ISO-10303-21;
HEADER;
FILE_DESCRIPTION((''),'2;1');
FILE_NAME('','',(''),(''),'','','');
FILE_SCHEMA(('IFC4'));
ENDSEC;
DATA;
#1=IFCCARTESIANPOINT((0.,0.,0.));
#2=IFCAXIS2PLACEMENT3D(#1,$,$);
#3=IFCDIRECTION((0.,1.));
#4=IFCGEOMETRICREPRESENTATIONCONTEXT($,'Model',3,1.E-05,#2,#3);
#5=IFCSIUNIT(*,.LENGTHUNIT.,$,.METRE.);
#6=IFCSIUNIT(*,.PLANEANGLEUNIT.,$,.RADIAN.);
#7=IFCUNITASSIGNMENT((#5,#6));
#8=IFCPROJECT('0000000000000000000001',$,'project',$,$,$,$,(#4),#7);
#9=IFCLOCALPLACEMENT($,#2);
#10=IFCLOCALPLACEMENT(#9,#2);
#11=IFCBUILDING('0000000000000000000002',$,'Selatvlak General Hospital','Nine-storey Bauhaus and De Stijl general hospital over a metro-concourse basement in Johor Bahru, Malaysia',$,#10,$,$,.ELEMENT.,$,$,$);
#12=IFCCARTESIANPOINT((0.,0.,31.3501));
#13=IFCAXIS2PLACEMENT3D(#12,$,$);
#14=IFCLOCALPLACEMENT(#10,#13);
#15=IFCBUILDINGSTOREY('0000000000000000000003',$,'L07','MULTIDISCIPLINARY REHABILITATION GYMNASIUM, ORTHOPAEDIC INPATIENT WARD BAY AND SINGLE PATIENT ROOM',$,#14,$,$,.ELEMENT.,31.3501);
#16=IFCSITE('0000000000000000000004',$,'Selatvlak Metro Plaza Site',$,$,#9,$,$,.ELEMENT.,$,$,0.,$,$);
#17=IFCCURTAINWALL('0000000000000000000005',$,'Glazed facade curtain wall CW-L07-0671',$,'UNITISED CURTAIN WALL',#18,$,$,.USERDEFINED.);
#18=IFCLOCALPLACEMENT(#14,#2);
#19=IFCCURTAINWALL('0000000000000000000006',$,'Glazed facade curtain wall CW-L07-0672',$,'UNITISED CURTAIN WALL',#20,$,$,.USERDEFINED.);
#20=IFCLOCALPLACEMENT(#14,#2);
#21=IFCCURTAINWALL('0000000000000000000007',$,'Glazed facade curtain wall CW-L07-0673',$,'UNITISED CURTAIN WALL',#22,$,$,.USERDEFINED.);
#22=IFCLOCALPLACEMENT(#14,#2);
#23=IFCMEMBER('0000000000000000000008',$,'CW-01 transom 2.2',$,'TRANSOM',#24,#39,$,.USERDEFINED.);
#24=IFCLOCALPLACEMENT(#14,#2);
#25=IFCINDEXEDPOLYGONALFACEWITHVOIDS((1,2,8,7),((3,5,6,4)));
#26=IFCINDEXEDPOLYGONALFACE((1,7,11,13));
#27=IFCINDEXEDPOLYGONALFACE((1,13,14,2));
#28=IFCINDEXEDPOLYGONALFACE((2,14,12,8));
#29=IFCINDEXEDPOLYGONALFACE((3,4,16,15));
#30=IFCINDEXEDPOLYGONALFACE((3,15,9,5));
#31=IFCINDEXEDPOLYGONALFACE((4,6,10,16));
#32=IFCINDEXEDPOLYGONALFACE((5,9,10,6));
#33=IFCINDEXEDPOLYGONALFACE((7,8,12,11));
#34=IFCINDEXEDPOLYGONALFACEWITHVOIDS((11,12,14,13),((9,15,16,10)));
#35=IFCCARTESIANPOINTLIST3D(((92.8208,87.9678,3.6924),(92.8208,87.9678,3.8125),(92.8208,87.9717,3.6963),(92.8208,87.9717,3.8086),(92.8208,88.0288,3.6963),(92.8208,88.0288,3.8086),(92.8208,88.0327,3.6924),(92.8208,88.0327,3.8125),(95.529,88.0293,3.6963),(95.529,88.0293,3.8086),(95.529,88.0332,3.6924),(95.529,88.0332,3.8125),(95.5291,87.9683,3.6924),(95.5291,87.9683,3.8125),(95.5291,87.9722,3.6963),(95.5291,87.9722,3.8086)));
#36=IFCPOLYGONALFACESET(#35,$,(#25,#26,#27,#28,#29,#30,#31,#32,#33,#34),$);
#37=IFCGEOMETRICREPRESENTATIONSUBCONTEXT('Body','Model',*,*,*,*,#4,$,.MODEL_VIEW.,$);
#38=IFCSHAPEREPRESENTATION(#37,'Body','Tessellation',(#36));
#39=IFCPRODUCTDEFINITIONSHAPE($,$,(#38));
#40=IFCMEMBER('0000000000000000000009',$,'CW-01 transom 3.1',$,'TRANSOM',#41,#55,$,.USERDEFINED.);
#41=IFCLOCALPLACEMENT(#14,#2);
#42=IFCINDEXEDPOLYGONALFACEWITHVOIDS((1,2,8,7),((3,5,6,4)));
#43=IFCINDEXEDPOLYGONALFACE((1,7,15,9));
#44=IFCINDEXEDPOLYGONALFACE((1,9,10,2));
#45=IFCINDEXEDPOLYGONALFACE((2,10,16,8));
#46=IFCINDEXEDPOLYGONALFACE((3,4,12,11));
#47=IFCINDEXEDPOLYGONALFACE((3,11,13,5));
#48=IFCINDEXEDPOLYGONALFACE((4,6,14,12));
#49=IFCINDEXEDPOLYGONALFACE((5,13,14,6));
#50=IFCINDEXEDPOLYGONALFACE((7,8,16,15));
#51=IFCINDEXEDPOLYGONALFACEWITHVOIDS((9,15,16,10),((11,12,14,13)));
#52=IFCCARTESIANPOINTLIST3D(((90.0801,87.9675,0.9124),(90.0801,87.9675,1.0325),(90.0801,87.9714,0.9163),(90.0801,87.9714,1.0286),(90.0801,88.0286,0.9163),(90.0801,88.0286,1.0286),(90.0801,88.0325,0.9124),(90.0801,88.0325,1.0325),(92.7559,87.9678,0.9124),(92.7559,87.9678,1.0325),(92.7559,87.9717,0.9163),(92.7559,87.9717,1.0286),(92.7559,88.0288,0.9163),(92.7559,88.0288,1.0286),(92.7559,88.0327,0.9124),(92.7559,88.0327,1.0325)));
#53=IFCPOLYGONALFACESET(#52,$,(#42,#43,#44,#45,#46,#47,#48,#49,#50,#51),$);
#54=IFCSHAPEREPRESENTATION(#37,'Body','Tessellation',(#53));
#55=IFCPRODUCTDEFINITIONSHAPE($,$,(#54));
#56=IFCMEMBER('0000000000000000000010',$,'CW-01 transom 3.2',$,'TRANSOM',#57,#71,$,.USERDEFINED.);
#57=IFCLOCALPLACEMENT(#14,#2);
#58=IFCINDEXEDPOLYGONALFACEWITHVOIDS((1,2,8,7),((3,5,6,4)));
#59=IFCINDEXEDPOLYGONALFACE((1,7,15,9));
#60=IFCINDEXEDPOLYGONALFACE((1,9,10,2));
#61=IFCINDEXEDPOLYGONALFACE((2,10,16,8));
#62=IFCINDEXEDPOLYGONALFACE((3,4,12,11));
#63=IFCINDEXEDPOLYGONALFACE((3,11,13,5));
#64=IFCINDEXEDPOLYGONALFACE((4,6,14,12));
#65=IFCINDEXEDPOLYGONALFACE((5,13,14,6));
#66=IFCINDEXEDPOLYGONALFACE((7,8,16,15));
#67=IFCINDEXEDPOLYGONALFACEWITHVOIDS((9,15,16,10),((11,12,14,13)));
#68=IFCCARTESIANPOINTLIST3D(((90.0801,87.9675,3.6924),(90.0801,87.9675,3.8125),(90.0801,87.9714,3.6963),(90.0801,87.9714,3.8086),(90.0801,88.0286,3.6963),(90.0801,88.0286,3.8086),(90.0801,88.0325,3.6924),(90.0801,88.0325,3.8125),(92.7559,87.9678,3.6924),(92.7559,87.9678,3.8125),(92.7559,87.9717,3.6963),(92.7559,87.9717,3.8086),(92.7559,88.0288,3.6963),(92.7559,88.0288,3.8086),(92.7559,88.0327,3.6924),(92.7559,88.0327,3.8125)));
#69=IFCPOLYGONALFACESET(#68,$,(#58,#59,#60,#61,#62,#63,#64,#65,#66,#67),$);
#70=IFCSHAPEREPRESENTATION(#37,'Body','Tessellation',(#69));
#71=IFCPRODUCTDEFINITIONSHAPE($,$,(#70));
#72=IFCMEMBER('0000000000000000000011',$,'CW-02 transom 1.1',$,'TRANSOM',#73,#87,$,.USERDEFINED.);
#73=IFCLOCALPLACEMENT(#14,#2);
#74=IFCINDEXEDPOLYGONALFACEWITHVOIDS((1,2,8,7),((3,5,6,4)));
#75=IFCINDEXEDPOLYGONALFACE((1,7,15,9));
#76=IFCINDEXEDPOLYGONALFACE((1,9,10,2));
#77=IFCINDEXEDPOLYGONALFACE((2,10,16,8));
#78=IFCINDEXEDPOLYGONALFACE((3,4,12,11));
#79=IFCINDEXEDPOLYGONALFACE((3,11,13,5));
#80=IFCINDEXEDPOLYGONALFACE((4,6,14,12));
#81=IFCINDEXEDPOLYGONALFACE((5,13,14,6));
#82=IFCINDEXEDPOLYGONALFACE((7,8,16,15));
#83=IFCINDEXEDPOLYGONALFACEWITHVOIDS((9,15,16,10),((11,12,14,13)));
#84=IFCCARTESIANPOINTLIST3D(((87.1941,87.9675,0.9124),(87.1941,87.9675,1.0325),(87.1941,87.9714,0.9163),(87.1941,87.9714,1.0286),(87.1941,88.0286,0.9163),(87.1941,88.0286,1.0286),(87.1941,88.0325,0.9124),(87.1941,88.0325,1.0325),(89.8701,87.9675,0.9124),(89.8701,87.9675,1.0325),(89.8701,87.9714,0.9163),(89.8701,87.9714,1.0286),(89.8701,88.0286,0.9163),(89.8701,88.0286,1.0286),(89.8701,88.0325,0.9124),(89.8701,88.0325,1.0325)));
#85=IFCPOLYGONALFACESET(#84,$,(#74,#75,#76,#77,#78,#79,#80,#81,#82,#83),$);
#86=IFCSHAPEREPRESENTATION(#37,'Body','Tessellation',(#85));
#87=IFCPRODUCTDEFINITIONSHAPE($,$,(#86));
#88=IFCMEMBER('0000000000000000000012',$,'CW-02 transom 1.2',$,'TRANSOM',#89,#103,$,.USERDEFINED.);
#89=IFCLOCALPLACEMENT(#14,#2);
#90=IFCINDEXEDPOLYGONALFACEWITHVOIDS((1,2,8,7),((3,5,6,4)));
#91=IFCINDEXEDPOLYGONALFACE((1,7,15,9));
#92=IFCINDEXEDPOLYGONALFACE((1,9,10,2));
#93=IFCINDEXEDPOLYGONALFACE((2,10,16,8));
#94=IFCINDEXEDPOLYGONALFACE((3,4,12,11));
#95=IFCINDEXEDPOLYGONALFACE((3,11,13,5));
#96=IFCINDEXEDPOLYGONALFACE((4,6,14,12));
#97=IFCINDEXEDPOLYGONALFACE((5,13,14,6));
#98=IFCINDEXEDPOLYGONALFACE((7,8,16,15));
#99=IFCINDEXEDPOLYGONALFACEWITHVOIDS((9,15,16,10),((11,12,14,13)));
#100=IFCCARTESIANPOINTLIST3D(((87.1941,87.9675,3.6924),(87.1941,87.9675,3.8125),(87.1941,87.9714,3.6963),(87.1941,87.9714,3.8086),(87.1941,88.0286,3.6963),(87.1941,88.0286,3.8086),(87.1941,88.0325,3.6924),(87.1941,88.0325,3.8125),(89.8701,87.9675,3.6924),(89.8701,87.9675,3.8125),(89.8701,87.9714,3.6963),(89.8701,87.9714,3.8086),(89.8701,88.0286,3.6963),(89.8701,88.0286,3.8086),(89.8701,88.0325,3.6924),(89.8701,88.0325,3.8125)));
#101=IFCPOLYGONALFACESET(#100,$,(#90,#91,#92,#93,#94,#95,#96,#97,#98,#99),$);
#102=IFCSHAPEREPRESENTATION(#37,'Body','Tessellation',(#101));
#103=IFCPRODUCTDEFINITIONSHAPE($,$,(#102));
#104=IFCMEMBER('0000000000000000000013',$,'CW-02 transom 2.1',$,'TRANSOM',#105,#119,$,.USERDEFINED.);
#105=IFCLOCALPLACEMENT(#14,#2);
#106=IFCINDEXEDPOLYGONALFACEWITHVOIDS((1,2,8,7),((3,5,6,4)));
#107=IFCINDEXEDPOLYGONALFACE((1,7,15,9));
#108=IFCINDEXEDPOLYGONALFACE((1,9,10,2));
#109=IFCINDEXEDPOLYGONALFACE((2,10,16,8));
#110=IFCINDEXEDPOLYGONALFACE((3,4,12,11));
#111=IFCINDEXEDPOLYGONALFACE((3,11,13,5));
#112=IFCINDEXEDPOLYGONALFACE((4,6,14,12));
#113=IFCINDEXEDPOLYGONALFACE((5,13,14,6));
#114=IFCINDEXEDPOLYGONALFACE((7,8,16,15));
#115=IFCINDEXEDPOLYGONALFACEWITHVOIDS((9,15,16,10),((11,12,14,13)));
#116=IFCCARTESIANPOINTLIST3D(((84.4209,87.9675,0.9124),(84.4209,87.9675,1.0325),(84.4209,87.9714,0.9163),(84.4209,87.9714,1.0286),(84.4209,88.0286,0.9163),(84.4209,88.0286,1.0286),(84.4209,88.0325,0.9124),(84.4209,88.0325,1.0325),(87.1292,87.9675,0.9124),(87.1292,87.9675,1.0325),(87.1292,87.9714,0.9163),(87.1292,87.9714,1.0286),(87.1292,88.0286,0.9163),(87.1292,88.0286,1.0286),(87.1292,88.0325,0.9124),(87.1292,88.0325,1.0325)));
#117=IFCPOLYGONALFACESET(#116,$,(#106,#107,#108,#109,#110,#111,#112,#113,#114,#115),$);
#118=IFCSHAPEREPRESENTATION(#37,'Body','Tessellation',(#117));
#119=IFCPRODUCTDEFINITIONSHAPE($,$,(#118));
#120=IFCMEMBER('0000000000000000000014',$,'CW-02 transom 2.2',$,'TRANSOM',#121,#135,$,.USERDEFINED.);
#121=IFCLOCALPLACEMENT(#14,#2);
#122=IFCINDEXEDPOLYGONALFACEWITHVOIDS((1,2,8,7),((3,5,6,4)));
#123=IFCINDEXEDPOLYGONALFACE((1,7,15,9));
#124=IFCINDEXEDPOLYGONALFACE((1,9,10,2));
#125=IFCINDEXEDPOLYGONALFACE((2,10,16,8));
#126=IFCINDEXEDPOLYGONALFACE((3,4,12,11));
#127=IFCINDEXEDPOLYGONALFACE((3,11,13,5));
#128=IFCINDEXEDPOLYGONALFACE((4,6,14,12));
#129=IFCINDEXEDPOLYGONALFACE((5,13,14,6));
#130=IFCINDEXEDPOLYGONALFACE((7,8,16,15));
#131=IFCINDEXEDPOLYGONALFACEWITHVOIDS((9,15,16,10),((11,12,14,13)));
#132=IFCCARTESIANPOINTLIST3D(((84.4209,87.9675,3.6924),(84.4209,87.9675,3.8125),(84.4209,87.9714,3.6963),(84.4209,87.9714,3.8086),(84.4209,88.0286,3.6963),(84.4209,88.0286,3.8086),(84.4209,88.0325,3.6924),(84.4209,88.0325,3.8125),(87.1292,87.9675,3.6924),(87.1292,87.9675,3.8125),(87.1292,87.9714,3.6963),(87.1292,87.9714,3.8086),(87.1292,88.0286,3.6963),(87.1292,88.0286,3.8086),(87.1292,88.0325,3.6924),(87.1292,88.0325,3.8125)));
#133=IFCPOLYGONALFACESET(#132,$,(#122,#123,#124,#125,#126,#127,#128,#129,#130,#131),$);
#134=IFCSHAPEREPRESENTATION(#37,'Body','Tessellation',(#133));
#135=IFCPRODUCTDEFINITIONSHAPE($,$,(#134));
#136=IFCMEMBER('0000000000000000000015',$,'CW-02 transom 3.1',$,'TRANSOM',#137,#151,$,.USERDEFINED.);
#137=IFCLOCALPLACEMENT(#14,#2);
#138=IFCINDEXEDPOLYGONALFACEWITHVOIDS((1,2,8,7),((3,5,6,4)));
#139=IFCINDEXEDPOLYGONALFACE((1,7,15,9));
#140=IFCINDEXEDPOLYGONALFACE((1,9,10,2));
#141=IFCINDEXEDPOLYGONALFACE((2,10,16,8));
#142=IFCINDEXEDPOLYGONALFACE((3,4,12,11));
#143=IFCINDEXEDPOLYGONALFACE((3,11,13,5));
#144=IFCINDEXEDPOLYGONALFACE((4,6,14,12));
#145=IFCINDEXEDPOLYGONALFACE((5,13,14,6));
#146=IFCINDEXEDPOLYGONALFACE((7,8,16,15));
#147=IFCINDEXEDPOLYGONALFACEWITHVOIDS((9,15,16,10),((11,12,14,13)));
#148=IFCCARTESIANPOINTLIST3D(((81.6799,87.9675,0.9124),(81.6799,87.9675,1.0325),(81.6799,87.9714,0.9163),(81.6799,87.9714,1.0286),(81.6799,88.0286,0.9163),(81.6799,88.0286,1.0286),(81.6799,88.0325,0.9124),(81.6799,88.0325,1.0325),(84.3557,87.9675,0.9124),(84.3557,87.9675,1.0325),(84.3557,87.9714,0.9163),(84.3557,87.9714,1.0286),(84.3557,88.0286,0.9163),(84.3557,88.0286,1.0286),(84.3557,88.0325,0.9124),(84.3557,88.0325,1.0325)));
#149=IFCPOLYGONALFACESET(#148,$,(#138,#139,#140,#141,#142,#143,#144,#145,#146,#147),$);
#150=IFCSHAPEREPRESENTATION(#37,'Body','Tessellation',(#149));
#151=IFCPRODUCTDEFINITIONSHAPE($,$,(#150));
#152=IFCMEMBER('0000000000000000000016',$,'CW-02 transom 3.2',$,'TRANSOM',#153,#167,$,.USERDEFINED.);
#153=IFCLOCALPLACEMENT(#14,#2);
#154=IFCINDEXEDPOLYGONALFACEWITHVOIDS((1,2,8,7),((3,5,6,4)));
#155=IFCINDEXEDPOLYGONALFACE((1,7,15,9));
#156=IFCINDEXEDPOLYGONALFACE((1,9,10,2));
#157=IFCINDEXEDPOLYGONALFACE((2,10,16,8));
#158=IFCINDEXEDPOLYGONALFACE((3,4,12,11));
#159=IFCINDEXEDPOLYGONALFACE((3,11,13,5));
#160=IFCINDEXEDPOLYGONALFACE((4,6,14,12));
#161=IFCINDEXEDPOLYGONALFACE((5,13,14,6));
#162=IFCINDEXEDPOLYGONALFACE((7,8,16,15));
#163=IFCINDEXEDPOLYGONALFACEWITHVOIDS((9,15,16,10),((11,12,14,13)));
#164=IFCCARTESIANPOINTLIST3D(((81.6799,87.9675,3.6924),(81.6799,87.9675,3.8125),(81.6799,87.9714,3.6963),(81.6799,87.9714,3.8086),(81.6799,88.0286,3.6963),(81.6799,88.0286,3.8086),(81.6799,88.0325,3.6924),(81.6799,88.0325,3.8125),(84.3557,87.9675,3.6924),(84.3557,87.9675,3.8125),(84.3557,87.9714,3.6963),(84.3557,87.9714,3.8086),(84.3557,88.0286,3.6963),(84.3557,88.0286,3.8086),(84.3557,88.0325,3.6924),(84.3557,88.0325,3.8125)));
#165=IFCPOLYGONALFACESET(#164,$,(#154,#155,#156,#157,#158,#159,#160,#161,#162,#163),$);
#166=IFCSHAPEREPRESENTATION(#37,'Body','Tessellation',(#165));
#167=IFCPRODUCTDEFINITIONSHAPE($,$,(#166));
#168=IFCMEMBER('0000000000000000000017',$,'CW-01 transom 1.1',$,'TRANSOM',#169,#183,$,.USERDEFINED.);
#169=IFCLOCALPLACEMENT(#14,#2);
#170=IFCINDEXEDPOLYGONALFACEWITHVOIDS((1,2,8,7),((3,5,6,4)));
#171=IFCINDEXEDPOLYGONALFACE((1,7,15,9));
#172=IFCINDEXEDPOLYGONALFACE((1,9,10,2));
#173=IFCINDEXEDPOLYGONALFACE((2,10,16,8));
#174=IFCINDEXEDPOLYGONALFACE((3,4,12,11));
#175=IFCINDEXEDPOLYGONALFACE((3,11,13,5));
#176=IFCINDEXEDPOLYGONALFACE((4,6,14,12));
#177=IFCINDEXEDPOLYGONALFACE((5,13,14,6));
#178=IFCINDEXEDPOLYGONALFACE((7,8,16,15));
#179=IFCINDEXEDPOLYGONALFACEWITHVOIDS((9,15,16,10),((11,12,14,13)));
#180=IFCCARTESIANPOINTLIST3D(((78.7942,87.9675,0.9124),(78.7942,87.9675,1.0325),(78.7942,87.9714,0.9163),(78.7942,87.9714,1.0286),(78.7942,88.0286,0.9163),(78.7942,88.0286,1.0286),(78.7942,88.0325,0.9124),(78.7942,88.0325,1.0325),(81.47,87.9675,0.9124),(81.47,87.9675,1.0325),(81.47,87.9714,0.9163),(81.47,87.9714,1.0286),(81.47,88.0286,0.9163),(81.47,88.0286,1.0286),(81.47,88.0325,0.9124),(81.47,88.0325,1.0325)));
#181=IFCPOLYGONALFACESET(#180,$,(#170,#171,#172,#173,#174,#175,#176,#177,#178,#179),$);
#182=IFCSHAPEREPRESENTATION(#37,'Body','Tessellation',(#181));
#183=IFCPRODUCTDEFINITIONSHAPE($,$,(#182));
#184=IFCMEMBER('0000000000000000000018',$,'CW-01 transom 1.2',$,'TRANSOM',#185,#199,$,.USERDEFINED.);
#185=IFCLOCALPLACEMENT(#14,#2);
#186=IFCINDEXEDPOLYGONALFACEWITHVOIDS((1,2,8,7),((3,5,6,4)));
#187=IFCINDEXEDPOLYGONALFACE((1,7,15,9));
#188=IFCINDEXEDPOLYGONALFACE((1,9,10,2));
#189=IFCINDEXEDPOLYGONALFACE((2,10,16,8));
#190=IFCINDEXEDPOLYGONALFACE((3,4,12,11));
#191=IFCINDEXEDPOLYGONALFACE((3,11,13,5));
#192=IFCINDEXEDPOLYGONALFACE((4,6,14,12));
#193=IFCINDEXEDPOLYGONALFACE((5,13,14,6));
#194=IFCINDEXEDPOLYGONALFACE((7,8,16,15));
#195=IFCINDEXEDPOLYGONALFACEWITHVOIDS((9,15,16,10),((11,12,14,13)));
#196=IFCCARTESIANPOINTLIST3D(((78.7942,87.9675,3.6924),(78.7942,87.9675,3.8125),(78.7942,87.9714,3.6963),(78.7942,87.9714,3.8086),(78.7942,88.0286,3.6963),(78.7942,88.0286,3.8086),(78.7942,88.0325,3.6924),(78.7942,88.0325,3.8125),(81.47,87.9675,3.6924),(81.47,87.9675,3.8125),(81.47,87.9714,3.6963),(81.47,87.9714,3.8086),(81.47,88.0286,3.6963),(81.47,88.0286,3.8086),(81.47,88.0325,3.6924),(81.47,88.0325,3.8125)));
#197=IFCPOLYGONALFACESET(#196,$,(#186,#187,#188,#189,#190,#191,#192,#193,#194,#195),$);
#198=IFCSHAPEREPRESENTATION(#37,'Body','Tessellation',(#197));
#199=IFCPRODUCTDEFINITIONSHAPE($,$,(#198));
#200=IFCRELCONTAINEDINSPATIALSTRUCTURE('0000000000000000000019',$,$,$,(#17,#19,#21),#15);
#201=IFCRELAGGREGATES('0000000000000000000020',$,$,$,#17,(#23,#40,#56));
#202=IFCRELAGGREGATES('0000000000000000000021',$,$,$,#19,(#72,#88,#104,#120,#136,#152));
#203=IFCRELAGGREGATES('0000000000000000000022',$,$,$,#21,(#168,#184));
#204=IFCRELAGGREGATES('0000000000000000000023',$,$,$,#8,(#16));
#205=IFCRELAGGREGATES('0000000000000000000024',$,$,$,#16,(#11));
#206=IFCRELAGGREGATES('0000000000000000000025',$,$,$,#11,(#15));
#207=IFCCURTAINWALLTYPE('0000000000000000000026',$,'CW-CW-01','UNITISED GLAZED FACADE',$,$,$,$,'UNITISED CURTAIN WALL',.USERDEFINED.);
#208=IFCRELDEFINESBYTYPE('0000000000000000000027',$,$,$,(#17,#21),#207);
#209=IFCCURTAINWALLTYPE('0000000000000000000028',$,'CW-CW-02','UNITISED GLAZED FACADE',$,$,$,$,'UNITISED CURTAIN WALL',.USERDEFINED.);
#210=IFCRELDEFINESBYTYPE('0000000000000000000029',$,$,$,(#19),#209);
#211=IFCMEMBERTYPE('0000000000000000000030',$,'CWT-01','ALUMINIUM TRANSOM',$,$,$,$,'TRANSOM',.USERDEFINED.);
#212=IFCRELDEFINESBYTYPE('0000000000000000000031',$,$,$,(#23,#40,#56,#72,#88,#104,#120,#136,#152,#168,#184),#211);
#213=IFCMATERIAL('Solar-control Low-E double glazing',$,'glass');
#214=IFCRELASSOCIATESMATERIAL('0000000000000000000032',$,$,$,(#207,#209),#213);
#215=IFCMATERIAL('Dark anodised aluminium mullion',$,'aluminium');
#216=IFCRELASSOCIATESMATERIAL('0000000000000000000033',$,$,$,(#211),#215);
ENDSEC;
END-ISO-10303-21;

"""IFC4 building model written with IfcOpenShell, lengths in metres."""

from ifc_helpers import new_model, si_unit, direction, frame, origin, origin_2d, place, context, subcontext, project, spatial, hollow_rectangle, extrude, material, material_profile, profile_set, type_object, element, aggregate, save


model = new_model("IFC4")

# Units and contexts
model_context = context("Model", 3, precision=1e-05, world=origin(), true_north=direction((0.0, 1.0)))
body_context = subcontext(model_context, "Body", "Model", "MODEL_VIEW")
ifc_project = project(units=[si_unit("LENGTHUNIT", "METRE"), si_unit("PLANEANGLEUNIT", "RADIAN")], contexts=[model_context])

# Site, building, storey
site_placement = place(None, origin())
site = spatial("IfcSite", under=ifc_project, at=site_placement, Name="Selatvlak Metro Plaza Site", CompositionType="ELEMENT", RefElevation=0.0)
building_placement = place(site_placement, origin())
building = spatial("IfcBuilding", under=site, at=building_placement, Name="Selatvlak General Hospital", Description="Nine-storey Bauhaus and De Stijl general hospital over a metro-concourse basement in Johor Bahru, Malaysia", CompositionType="ELEMENT")
storey_placement = place(building_placement, frame((0.0, 0.0, 31.3501)))
storey = spatial("IfcBuildingStorey", under=building, at=storey_placement, Name="L07", Description="MULTIDISCIPLINARY REHABILITATION GYMNASIUM, ORTHOPAEDIC INPATIENT WARD BAY AND SINGLE PATIENT ROOM", CompositionType="ELEMENT", Elevation=31.3501)

# Curtain walls
ifc_material_1 = material(Name="Solar-control Low-E double glazing", Category="glass")
curtain_wall_type_1 = type_object("IfcCurtainWallType", Name="CW-CW-01", Description="UNITISED GLAZED FACADE", ElementType="UNITISED CURTAIN WALL", PredefinedType="USERDEFINED", material=ifc_material_1)
curtain_wall_1_placement = place(storey_placement, origin())
curtain_wall_1 = element("IfcCurtainWall", 1, at=curtain_wall_1_placement, inside=storey, type_object=curtain_wall_type_1, Name="Glazed facade curtain wall CW-L07-0671", ObjectType="UNITISED CURTAIN WALL", PredefinedType="USERDEFINED")
ifc_material_2 = material(Name="Dark anodised aluminium mullion", Category="aluminium")
curtain_wall_type_2 = type_object("IfcCurtainWallType", Name="CW-CW-02", Description="UNITISED GLAZED FACADE", ElementType="UNITISED CURTAIN WALL", PredefinedType="USERDEFINED", material=ifc_material_1)
curtain_wall_2_placement = place(storey_placement, origin())
curtain_wall_2 = element("IfcCurtainWall", 2, at=curtain_wall_2_placement, inside=storey, type_object=curtain_wall_type_2, Name="Glazed facade curtain wall CW-L07-0672", ObjectType="UNITISED CURTAIN WALL", PredefinedType="USERDEFINED")
curtain_wall_3_placement = place(storey_placement, origin())
curtain_wall_3 = element("IfcCurtainWall", 3, at=curtain_wall_3_placement, inside=storey, type_object=curtain_wall_type_1, Name="Glazed facade curtain wall CW-L07-0673", ObjectType="UNITISED CURTAIN WALL", PredefinedType="USERDEFINED")

# Members
ifc_material_profile_1 = material_profile(ifc_material_2, hollow_rectangle(XDim=0.0649, YDim=0.1201, WallThickness=0.0039, at=origin_2d()), Name="AL-TRN 65x120x4")
ifc_profile_set_1 = profile_set([ifc_material_profile_1], Name="Dark anodised aluminium mullion")
member_type_1 = type_object("IfcMemberType", Name="CWT-01", Description="ALUMINIUM TRANSOM", ElementType="TRANSOM", PredefinedType="USERDEFINED", material=ifc_profile_set_1)
member_1_placement = place(storey_placement, frame((95.5291, 88.0007, 3.7524), z_axis=(-1.0, -0.00018, 0.0), x_axis=(0.00018, -1.0, 0.0)))
member_1 = element("IfcMember", 4, at=member_1_placement, type_object=member_type_1, Name="CW-01 transom 2.2", ObjectType="TRANSOM", PredefinedType="USERDEFINED", context=body_context, shape_type="SweptSolid", body=[
    extrude(hollow_rectangle(XDim=0.0649, YDim=0.1201, WallThickness=0.0039, at=origin_2d()), origin(), (0.0, 0.0, 1.0), 2.7083),
])
member_2_placement = place(storey_placement, frame((92.7559, 88.0002, 0.9724), z_axis=(-1.0, -0.000091, 0.0), x_axis=(0.000091, -1.0, 0.0)))
member_2 = element("IfcMember", 5, at=member_2_placement, type_object=member_type_1, Name="CW-01 transom 3.1", ObjectType="TRANSOM", PredefinedType="USERDEFINED", context=body_context, shape_type="SweptSolid", body=[
    extrude(hollow_rectangle(XDim=0.0649, YDim=0.1201, WallThickness=0.0039, at=origin_2d()), origin(), (0.0, 0.0, 1.0), 2.6758),
])
member_3_placement = place(storey_placement, frame((92.7559, 88.0002, 3.7524), z_axis=(-1.0, -0.000091, 0.0), x_axis=(0.000091, -1.0, 0.0)))
member_3 = element("IfcMember", 6, at=member_3_placement, type_object=member_type_1, Name="CW-01 transom 3.2", ObjectType="TRANSOM", PredefinedType="USERDEFINED", context=body_context, shape_type="SweptSolid", body=[
    extrude(hollow_rectangle(XDim=0.0649, YDim=0.1201, WallThickness=0.0039, at=origin_2d()), origin(), (0.0, 0.0, 1.0), 2.6758),
])
member_4_placement = place(storey_placement, frame((89.8701, 88.0, 0.9724), z_axis=(-1.0, 0.0, 0.0), x_axis=(0.0, -1.0, 0.0)))
member_4 = element("IfcMember", 7, at=member_4_placement, type_object=member_type_1, Name="CW-02 transom 1.1", ObjectType="TRANSOM", PredefinedType="USERDEFINED", context=body_context, shape_type="SweptSolid", body=[
    extrude(hollow_rectangle(XDim=0.0649, YDim=0.1201, WallThickness=0.0039, at=origin_2d()), origin(), (0.0, 0.0, 1.0), 2.676),
])
member_5_placement = place(storey_placement, frame((89.8701, 88.0, 3.7524), z_axis=(-1.0, 0.0, 0.0), x_axis=(0.0, -1.0, 0.0)))
member_5 = element("IfcMember", 8, at=member_5_placement, type_object=member_type_1, Name="CW-02 transom 1.2", ObjectType="TRANSOM", PredefinedType="USERDEFINED", context=body_context, shape_type="SweptSolid", body=[
    extrude(hollow_rectangle(XDim=0.0649, YDim=0.1201, WallThickness=0.0039, at=origin_2d()), origin(), (0.0, 0.0, 1.0), 2.676),
])
member_6_placement = place(storey_placement, frame((87.1292, 88.0, 0.9724), z_axis=(-1.0, 0.0, 0.0), x_axis=(0.0, -1.0, 0.0)))
member_6 = element("IfcMember", 9, at=member_6_placement, type_object=member_type_1, Name="CW-02 transom 2.1", ObjectType="TRANSOM", PredefinedType="USERDEFINED", context=body_context, shape_type="SweptSolid", body=[
    extrude(hollow_rectangle(XDim=0.0649, YDim=0.1201, WallThickness=0.0039, at=origin_2d()), origin(), (0.0, 0.0, 1.0), 2.7083),
])
member_7_placement = place(storey_placement, frame((87.1292, 88.0, 3.7524), z_axis=(-1.0, 0.0, 0.0), x_axis=(0.0, -1.0, 0.0)))
member_7 = element("IfcMember", 10, at=member_7_placement, type_object=member_type_1, Name="CW-02 transom 2.2", ObjectType="TRANSOM", PredefinedType="USERDEFINED", context=body_context, shape_type="SweptSolid", body=[
    extrude(hollow_rectangle(XDim=0.0649, YDim=0.1201, WallThickness=0.0039, at=origin_2d()), origin(), (0.0, 0.0, 1.0), 2.7083),
])
member_8_placement = place(storey_placement, frame((84.3557, 88.0, 0.9724), z_axis=(-1.0, 0.0, 0.0), x_axis=(0.0, -1.0, 0.0)))
member_8 = element("IfcMember", 11, at=member_8_placement, type_object=member_type_1, Name="CW-02 transom 3.1", ObjectType="TRANSOM", PredefinedType="USERDEFINED", context=body_context, shape_type="SweptSolid", body=[
    extrude(hollow_rectangle(XDim=0.0649, YDim=0.1201, WallThickness=0.0039, at=origin_2d()), origin(), (0.0, 0.0, 1.0), 2.6758),
])
member_9_placement = place(storey_placement, frame((84.3557, 88.0, 3.7524), z_axis=(-1.0, 0.0, 0.0), x_axis=(0.0, -1.0, 0.0)))
member_9 = element("IfcMember", 12, at=member_9_placement, type_object=member_type_1, Name="CW-02 transom 3.2", ObjectType="TRANSOM", PredefinedType="USERDEFINED", context=body_context, shape_type="SweptSolid", body=[
    extrude(hollow_rectangle(XDim=0.0649, YDim=0.1201, WallThickness=0.0039, at=origin_2d()), origin(), (0.0, 0.0, 1.0), 2.6758),
])
member_10_placement = place(storey_placement, frame((81.47, 88.0, 0.9724), z_axis=(-1.0, 0.0, 0.0), x_axis=(0.0, -1.0, 0.0)))
member_10 = element("IfcMember", 13, at=member_10_placement, type_object=member_type_1, Name="CW-01 transom 1.1", ObjectType="TRANSOM", PredefinedType="USERDEFINED", context=body_context, shape_type="SweptSolid", body=[
    extrude(hollow_rectangle(XDim=0.0649, YDim=0.1201, WallThickness=0.0039, at=origin_2d()), origin(), (0.0, 0.0, 1.0), 2.6758),
])
member_11_placement = place(storey_placement, frame((81.47, 88.0, 3.7524), z_axis=(-1.0, 0.0, 0.0), x_axis=(0.0, -1.0, 0.0)))
member_11 = element("IfcMember", 14, at=member_11_placement, type_object=member_type_1, Name="CW-01 transom 1.2", ObjectType="TRANSOM", PredefinedType="USERDEFINED", context=body_context, shape_type="SweptSolid", body=[
    extrude(hollow_rectangle(XDim=0.0649, YDim=0.1201, WallThickness=0.0039, at=origin_2d()), origin(), (0.0, 0.0, 1.0), 2.6758),
])

aggregate(curtain_wall_1, [member_1, member_2, member_3])
aggregate(curtain_wall_2, [member_4, member_5, member_6, member_7, member_8, member_9])
aggregate(curtain_wall_3, [member_10, member_11])

save(model, "model.ifc")
